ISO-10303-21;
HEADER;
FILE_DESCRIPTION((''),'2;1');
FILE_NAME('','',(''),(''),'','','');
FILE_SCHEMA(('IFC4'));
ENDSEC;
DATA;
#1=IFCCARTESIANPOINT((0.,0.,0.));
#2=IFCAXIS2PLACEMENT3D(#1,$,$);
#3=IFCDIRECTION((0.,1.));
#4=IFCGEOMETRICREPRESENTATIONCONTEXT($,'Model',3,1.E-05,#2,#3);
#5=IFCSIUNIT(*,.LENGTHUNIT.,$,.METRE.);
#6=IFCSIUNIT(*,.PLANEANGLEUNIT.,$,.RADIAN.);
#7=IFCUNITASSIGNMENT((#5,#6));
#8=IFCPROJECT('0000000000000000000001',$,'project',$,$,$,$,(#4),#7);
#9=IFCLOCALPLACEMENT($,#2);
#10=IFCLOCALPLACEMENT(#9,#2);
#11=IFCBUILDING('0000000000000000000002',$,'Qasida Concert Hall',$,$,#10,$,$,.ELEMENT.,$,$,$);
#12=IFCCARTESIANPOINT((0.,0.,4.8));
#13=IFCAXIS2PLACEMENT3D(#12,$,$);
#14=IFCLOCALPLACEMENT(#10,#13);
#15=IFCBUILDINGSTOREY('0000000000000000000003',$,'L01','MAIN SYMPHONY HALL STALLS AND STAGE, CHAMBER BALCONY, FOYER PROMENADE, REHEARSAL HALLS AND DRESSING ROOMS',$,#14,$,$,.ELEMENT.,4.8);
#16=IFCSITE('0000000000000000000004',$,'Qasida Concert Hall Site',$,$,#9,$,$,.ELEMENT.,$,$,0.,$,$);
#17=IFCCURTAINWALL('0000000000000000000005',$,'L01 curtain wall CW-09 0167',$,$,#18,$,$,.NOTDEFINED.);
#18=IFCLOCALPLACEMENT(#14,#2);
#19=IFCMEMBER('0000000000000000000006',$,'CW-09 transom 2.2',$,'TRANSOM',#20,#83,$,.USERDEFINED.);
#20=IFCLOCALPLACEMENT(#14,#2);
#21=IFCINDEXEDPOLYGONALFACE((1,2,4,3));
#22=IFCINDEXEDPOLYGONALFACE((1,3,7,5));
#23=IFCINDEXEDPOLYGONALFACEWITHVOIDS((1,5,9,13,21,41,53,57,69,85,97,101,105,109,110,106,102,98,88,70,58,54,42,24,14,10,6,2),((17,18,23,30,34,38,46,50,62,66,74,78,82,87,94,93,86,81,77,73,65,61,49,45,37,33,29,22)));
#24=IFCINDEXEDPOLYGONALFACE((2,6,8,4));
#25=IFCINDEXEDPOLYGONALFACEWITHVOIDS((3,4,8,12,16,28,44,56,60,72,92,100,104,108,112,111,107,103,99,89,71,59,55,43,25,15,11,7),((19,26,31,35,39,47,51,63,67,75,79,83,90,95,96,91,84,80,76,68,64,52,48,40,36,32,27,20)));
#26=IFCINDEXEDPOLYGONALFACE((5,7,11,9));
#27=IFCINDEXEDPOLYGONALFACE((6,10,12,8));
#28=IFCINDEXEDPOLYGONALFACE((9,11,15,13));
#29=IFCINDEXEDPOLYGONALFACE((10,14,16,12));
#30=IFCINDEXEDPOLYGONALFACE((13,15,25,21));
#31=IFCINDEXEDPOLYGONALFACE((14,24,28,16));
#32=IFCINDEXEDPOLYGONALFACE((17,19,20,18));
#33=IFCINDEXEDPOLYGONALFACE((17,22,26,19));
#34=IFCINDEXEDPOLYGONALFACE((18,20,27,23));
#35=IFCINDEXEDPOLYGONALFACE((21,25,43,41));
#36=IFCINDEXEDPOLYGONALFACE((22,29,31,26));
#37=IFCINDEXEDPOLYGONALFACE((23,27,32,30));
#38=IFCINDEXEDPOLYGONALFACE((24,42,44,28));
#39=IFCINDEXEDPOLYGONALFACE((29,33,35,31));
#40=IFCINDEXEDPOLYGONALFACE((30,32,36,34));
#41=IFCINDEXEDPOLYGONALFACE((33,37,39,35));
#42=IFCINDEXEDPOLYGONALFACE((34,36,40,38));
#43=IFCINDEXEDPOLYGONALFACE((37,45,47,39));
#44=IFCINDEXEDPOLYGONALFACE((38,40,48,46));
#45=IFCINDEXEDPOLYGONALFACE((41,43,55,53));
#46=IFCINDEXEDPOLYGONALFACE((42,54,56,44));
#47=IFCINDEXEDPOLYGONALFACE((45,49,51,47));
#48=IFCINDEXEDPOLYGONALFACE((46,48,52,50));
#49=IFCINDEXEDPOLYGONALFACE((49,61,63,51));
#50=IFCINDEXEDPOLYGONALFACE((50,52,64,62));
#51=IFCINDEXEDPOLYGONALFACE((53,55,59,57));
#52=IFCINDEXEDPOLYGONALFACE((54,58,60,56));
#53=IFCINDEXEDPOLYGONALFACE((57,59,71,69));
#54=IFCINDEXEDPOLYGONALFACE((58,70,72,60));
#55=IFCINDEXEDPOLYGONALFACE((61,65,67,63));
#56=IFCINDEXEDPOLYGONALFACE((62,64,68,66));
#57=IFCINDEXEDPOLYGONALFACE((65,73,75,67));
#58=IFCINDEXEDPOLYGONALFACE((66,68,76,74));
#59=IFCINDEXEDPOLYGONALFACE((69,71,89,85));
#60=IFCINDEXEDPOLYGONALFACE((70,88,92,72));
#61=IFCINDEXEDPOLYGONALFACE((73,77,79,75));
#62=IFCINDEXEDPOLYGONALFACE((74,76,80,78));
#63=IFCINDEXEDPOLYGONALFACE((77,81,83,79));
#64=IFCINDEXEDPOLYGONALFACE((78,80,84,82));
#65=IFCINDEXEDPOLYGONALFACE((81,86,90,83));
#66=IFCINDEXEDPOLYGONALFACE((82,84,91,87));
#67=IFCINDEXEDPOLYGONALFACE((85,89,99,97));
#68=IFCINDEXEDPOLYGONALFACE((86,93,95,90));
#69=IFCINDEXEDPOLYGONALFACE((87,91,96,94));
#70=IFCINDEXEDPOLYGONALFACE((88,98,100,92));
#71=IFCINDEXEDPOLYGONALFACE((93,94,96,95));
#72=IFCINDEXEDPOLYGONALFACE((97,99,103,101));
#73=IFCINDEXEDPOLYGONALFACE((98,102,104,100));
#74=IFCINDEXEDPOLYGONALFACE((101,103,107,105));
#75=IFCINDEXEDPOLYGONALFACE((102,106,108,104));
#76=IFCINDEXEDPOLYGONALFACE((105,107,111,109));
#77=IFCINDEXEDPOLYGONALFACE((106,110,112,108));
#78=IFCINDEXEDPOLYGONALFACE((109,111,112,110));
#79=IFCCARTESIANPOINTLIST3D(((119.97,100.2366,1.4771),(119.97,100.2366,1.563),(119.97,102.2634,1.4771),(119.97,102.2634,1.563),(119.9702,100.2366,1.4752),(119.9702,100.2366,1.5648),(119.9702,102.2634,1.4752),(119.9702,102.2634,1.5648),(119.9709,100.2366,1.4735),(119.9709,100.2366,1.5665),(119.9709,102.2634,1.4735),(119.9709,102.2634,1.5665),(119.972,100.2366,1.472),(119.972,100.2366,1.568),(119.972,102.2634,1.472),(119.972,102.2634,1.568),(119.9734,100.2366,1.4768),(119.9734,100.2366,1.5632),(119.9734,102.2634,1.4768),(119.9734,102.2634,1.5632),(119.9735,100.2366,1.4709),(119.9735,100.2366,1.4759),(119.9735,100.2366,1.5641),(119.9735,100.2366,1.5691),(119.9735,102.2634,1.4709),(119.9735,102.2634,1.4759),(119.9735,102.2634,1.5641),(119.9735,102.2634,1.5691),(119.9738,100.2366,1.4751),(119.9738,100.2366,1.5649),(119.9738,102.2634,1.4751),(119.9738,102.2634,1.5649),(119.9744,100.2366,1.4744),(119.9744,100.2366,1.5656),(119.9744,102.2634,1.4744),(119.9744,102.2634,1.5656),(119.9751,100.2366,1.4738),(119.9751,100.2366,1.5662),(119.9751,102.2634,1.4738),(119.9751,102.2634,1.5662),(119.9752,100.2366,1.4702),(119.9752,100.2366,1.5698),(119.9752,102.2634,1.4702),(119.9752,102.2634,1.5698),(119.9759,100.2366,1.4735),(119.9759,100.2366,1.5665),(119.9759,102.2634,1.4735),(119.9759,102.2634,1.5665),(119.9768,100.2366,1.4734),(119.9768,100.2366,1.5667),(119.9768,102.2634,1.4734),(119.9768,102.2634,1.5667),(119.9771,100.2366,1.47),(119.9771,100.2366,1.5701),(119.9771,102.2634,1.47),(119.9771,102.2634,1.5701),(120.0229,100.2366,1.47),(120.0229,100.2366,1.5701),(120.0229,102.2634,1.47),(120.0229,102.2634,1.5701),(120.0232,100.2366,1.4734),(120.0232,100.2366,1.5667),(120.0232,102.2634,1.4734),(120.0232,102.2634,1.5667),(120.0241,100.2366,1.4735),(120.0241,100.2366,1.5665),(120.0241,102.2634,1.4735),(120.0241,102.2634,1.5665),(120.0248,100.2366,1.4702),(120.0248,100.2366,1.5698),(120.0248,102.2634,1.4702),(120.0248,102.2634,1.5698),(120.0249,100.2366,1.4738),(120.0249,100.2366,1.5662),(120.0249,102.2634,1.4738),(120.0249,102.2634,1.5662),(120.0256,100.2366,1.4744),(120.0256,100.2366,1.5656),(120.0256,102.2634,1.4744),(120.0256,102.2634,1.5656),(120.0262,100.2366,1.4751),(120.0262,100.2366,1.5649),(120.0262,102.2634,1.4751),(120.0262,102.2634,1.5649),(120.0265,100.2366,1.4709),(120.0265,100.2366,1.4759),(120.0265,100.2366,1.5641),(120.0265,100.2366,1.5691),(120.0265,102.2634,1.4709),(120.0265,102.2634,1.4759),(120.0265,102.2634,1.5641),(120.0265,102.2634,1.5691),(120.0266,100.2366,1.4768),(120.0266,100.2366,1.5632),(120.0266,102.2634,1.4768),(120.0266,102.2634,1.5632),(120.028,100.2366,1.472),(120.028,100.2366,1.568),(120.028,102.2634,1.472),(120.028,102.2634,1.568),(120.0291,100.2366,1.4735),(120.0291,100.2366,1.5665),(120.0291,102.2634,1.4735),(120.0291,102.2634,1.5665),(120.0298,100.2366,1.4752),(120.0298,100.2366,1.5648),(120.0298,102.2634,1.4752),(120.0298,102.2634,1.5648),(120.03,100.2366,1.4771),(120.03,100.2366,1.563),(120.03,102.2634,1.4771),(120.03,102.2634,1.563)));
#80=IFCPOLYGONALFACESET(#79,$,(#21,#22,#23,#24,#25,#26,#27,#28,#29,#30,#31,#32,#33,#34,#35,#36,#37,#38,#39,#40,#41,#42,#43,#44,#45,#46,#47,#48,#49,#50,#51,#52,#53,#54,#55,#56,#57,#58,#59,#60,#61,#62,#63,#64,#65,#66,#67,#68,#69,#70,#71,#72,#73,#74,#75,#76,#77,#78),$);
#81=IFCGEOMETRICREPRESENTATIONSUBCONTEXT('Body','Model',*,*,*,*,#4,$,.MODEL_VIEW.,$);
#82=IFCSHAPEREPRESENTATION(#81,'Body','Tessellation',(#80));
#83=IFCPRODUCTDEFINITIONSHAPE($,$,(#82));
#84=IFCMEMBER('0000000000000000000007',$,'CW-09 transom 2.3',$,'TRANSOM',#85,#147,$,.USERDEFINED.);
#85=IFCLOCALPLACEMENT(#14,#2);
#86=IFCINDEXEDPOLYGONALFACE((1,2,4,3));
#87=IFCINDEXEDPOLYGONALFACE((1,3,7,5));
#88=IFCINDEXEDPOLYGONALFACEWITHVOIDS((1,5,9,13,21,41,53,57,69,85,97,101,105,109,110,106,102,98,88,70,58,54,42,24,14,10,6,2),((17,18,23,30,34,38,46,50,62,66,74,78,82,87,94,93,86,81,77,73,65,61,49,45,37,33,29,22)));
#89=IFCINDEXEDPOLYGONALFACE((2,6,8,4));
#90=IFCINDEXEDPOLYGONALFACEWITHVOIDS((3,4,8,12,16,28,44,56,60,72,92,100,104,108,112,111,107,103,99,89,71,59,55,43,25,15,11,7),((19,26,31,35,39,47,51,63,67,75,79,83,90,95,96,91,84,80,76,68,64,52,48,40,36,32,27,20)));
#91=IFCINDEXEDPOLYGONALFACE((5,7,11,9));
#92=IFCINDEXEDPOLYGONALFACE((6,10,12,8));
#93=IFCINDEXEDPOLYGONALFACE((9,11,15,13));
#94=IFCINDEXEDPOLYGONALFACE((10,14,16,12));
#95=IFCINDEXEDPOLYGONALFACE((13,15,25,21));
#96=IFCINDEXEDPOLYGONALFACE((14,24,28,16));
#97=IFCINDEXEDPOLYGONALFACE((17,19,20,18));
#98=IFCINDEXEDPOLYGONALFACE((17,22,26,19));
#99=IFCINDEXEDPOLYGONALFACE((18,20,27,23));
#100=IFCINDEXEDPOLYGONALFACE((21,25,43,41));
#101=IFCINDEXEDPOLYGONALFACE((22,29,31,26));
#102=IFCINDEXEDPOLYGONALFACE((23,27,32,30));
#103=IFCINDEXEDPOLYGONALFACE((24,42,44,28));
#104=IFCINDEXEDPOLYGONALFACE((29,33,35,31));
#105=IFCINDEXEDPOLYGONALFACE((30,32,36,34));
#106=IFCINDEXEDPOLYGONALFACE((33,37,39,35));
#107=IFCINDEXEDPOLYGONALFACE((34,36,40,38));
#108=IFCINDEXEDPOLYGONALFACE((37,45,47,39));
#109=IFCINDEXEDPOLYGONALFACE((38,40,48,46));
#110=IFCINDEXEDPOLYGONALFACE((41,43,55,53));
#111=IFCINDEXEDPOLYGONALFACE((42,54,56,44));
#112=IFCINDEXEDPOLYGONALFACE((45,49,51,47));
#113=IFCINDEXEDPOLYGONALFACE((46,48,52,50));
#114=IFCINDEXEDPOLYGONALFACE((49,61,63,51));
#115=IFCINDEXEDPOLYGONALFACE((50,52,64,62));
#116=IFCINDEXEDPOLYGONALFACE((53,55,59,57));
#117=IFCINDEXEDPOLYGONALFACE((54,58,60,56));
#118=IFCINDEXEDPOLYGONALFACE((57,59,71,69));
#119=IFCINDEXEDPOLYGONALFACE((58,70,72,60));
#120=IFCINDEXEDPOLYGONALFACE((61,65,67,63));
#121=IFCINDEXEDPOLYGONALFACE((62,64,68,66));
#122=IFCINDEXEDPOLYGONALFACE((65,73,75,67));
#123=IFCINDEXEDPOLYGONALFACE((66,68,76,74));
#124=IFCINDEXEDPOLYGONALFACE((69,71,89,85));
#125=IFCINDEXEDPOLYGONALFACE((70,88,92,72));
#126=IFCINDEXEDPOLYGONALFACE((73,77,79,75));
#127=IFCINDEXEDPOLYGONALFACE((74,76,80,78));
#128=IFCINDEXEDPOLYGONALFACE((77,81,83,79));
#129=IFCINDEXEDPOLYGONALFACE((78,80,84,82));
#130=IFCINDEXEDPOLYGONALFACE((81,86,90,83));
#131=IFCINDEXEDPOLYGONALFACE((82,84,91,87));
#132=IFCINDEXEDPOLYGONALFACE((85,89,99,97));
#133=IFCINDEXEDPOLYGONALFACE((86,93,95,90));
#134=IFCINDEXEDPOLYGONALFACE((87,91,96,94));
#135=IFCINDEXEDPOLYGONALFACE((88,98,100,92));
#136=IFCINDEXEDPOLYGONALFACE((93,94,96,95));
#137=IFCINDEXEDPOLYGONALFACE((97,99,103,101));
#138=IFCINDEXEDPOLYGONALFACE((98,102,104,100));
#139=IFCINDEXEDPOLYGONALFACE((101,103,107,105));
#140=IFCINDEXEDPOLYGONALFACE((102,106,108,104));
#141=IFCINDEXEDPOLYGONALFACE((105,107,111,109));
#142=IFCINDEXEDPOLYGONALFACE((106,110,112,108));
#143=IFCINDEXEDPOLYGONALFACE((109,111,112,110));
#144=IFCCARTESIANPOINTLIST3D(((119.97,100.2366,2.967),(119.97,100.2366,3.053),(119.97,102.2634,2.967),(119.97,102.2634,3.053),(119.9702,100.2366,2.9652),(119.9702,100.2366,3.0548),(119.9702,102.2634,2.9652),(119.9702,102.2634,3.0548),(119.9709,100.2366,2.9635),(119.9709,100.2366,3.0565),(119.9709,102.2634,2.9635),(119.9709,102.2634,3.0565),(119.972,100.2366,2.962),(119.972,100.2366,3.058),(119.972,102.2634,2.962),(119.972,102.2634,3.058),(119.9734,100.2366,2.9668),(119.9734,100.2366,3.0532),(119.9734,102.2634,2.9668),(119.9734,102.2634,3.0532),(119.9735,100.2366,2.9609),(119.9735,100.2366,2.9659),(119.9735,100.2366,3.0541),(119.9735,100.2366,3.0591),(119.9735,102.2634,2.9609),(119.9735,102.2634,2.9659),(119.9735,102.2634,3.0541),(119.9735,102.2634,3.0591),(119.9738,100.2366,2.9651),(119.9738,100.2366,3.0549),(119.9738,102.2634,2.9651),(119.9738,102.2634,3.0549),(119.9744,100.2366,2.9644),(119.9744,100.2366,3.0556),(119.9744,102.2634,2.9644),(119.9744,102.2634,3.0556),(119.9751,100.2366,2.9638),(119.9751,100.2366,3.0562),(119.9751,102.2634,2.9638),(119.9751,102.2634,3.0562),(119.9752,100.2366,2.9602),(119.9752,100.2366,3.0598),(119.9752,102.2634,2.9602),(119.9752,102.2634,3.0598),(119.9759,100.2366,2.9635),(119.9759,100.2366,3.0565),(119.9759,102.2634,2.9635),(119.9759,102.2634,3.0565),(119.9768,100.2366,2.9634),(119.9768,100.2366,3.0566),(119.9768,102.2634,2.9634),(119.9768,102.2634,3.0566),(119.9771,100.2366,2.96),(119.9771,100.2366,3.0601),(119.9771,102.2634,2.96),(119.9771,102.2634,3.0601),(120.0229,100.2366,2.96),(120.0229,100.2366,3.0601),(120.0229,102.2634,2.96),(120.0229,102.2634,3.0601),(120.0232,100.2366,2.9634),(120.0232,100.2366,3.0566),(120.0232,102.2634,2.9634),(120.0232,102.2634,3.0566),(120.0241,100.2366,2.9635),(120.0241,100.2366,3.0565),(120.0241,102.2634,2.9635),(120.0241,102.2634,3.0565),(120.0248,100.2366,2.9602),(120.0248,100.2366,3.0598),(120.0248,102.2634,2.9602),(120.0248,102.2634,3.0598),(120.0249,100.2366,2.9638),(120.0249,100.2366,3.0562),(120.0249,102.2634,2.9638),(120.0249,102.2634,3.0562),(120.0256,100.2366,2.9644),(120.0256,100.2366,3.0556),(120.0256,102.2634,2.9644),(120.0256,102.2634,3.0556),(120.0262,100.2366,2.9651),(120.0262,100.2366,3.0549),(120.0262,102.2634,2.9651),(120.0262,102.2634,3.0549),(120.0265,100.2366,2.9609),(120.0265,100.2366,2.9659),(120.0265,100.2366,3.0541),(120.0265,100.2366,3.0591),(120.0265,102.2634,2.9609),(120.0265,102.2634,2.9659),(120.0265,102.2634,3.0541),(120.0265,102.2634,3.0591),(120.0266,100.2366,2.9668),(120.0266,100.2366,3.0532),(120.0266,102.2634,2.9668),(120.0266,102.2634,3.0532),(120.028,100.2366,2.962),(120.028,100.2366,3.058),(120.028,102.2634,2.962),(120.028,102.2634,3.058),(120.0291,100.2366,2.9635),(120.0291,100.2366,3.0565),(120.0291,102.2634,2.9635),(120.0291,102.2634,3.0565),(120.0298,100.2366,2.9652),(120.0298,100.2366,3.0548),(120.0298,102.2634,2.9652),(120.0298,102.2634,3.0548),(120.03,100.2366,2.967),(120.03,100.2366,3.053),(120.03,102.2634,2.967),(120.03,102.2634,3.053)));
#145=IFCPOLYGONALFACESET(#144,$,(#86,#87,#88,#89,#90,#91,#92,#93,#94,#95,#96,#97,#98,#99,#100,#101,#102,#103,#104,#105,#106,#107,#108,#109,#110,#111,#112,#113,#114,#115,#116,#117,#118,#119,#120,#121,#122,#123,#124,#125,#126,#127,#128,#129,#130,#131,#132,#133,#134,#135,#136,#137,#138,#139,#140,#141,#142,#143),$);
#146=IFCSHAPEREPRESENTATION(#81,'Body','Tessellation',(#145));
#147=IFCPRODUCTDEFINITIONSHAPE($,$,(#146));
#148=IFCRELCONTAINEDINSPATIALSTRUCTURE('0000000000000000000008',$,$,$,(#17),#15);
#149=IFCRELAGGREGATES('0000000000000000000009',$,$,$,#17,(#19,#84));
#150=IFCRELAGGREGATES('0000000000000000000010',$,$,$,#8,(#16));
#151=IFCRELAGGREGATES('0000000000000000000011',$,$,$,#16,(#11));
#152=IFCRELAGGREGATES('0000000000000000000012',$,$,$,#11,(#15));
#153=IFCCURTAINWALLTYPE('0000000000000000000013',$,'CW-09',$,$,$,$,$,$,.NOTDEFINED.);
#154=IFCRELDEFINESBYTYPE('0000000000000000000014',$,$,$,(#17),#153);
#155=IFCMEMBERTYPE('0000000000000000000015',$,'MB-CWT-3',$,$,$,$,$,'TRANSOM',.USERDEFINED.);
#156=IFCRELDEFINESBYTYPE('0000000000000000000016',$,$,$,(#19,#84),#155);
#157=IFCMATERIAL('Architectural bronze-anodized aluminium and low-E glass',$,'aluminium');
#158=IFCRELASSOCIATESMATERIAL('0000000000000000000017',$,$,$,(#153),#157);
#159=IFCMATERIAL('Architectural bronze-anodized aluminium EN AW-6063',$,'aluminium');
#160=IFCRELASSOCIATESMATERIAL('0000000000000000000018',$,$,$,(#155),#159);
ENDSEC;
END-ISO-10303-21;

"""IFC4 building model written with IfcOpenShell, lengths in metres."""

from ifc_helpers import new_model, si_unit, direction, frame, origin, origin_2d, place, context, subcontext, project, spatial, hollow_rectangle, extrude, material, material_profile, profile_set, type_object, element, aggregate, save


model = new_model("IFC4")

# Units and contexts
model_context = context("Model", 3, precision=1e-05, world=origin(), true_north=direction((0.0, 1.0)))
body_context = subcontext(model_context, "Body", "Model", "MODEL_VIEW")
ifc_project = project(units=[si_unit("LENGTHUNIT", "METRE"), si_unit("PLANEANGLEUNIT", "RADIAN")], contexts=[model_context])

# Site, building, storey
site_placement = place(None, origin())
site = spatial("IfcSite", under=ifc_project, at=site_placement, Name="Qasida Concert Hall Site", CompositionType="ELEMENT", RefElevation=0.0)
building_placement = place(site_placement, origin())
building = spatial("IfcBuilding", under=site, at=building_placement, Name="Qasida Concert Hall", CompositionType="ELEMENT")
storey_placement = place(building_placement, frame((0.0, 0.0, 4.8)))
storey = spatial("IfcBuildingStorey", under=building, at=storey_placement, Name="L01", Description="MAIN SYMPHONY HALL STALLS AND STAGE, CHAMBER BALCONY, FOYER PROMENADE, REHEARSAL HALLS AND DRESSING ROOMS", CompositionType="ELEMENT", Elevation=4.8)

# Shared definitions
ifc_material_1 = material(Name="Architectural bronze-anodized aluminium and low-E glass", Category="aluminium")
ifc_material_2 = material(Name="Architectural bronze-anodized aluminium EN AW-6063", Category="aluminium")

# Curtain wall
curtain_wall_type_1 = type_object("IfcCurtainWallType", Name="CW-09", PredefinedType="NOTDEFINED", material=ifc_material_1)
curtain_wall_1_placement = place(storey_placement, origin())
curtain_wall_1 = element("IfcCurtainWall", 1, at=curtain_wall_1_placement, inside=storey, type_object=curtain_wall_type_1, Name="L01 curtain wall CW-09 0167", PredefinedType="NOTDEFINED")

# Members
ifc_material_profile_1 = material_profile(ifc_material_2, hollow_rectangle(XDim=0.0601, YDim=0.1001, WallThickness=0.0034, InnerFilletRadius=0.0034, OuterFilletRadius=0.0071, at=origin_2d()), Name="CWT 100x60x3.5")
ifc_profile_set_1 = profile_set([ifc_material_profile_1], Name="Architectural bronze-anodized aluminium EN AW-6063")
member_type_1 = type_object("IfcMemberType", Name="MB-CWT-3", ElementType="TRANSOM", PredefinedType="USERDEFINED", material=ifc_profile_set_1)
member_1_placement = place(storey_placement, frame((120.0, 100.2366, 1.52), z_axis=(0.0, 1.0, 0.0), x_axis=(-1.0, 0.0, 0.0)))
member_1 = element("IfcMember", 2, at=member_1_placement, type_object=member_type_1, Name="CW-09 transom 2.2", ObjectType="TRANSOM", PredefinedType="USERDEFINED", context=body_context, shape_type="SweptSolid", body=[
    extrude(hollow_rectangle(XDim=0.0601, YDim=0.1001, WallThickness=0.0034, InnerFilletRadius=0.0034, OuterFilletRadius=0.0071, at=origin_2d()), origin(), (0.0, 0.0, 1.0), 2.0269),
])
member_2_placement = place(storey_placement, frame((120.0, 100.2366, 3.01), z_axis=(0.0, 1.0, 0.0), x_axis=(-1.0, 0.0, 0.0)))
member_2 = element("IfcMember", 3, at=member_2_placement, type_object=member_type_1, Name="CW-09 transom 2.3", ObjectType="TRANSOM", PredefinedType="USERDEFINED", context=body_context, shape_type="SweptSolid", body=[
    extrude(hollow_rectangle(XDim=0.0601, YDim=0.1001, WallThickness=0.0034, InnerFilletRadius=0.0034, OuterFilletRadius=0.0071, at=origin_2d()), origin(), (0.0, 0.0, 1.0), 2.0269),
])

aggregate(curtain_wall_1, [member_1, member_2])

save(model, "model.ifc")
